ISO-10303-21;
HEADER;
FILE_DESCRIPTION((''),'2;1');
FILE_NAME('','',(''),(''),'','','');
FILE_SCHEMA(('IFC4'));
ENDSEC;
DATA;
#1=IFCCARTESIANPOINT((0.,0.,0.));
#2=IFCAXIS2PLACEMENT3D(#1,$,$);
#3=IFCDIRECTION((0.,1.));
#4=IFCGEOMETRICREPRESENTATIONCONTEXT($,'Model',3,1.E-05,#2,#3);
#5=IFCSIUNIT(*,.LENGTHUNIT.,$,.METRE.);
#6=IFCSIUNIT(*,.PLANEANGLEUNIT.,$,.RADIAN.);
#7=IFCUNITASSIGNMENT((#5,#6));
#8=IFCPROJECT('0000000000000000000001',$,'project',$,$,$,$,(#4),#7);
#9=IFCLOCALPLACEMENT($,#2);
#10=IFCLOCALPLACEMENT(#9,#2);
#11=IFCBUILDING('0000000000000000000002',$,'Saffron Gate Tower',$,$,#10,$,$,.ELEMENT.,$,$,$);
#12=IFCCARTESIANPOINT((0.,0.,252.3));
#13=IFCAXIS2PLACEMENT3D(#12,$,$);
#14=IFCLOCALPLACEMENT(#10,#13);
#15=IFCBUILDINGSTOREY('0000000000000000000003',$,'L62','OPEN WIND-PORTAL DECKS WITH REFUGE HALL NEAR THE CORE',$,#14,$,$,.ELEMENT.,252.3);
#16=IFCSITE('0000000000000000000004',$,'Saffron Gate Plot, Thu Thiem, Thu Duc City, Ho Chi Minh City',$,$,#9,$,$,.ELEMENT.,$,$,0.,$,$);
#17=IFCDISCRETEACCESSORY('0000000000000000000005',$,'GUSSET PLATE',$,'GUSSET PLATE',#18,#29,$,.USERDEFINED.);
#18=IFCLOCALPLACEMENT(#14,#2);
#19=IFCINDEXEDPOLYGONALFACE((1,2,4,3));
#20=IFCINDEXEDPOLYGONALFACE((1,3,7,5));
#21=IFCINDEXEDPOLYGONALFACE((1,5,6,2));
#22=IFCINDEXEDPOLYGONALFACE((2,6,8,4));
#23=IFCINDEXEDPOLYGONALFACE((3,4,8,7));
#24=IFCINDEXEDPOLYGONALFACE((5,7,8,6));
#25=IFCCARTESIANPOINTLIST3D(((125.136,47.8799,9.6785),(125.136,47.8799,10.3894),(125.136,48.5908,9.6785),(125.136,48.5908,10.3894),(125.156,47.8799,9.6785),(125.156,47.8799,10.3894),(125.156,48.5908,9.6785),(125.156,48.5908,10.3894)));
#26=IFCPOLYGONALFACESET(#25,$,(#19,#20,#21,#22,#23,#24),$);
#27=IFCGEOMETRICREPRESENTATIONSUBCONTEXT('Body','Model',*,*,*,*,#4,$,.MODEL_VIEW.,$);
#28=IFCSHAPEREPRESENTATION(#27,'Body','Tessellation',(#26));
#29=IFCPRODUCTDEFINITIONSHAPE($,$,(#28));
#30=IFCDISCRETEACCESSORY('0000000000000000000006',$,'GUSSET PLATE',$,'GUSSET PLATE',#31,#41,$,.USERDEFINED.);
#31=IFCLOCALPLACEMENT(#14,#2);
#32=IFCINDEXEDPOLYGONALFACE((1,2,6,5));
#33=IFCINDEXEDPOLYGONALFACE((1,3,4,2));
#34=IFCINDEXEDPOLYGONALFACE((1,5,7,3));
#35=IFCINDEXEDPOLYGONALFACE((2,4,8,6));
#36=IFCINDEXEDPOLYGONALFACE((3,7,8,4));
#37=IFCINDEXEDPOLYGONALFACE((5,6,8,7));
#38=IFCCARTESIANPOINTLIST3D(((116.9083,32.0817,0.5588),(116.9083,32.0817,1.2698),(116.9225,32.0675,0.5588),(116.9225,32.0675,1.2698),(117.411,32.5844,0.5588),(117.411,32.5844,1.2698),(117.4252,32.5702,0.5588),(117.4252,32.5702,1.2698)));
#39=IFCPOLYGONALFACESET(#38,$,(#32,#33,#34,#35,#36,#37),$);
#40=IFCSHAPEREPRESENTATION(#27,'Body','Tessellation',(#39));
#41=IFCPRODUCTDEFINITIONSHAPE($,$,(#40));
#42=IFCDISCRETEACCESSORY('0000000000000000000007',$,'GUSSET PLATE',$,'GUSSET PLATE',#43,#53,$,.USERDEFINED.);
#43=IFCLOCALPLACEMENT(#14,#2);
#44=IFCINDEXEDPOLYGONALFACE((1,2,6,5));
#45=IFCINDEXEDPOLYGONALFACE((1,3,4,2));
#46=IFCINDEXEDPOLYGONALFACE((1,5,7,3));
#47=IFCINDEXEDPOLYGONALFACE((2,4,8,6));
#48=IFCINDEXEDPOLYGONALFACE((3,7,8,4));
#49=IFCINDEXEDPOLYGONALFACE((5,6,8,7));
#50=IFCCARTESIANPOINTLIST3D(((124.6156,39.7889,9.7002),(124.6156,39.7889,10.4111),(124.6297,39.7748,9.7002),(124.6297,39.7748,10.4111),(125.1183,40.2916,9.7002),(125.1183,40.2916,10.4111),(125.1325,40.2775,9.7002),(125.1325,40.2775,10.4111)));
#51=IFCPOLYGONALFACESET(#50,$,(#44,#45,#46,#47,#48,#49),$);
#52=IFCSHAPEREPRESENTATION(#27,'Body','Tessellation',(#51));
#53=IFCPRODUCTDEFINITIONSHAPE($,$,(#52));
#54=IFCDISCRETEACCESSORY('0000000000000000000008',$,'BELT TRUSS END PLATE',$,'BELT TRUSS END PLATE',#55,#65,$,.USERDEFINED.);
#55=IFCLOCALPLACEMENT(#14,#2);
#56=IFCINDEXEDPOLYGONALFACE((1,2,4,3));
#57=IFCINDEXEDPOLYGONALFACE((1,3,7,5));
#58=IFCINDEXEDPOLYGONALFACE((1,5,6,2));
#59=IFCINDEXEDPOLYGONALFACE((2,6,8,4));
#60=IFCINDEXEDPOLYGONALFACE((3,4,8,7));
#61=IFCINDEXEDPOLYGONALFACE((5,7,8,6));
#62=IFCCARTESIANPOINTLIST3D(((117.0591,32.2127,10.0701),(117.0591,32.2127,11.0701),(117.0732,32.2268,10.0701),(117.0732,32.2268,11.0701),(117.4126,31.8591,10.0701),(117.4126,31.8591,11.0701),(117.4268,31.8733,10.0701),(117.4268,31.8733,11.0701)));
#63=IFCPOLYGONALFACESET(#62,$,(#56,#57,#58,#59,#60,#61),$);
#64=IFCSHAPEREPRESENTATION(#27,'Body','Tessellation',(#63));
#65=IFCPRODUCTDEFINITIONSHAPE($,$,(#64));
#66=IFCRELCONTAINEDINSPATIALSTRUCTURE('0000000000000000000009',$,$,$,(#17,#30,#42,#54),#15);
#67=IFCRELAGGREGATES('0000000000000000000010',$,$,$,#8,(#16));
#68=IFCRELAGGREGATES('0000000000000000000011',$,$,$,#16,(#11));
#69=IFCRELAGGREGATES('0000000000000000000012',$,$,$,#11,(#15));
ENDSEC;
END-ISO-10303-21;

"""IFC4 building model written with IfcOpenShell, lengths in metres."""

from ifc_helpers import new_model, si_unit, direction, frame, origin, origin_2d, place, context, subcontext, project, spatial, rectangle, extrude, element, save


model = new_model("IFC4")

# Units and contexts
model_context = context("Model", 3, precision=1e-05, world=origin(), true_north=direction((0.0, 1.0)))
body_context = subcontext(model_context, "Body", "Model", "MODEL_VIEW")
ifc_project = project(units=[si_unit("LENGTHUNIT", "METRE"), si_unit("PLANEANGLEUNIT", "RADIAN")], contexts=[model_context])

# Site, building, storey
site_placement = place(None, origin())
site = spatial("IfcSite", under=ifc_project, at=site_placement, Name="Saffron Gate Plot, Thu Thiem, Thu Duc City, Ho Chi Minh City", CompositionType="ELEMENT", RefElevation=0.0)
building_placement = place(site_placement, origin())
building = spatial("IfcBuilding", under=site, at=building_placement, Name="Saffron Gate Tower", CompositionType="ELEMENT")
storey_placement = place(building_placement, frame((0.0, 0.0, 252.3)))
storey = spatial("IfcBuildingStorey", under=building, at=storey_placement, Name="L62", Description="OPEN WIND-PORTAL DECKS WITH REFUGE HALL NEAR THE CORE", CompositionType="ELEMENT", Elevation=252.3)

# Discrete accessories
for number, where, z_axis, x_axis, name in (
    (1, (125.146, 48.2354, 9.6785), (0.0, 0.0, 1.0), (0.0, 1.0, 0.0), "GUSSET PLATE"),
    (2, (117.1667, 32.3259, 0.5588), (0.0, 0.0, 1.0), (0.707107, 0.707107, 0.0), "GUSSET PLATE"),
    (3, (124.874, 40.0332, 9.7002), (0.0, 0.0, 1.0), (0.707107, 0.707107, 0.0), "GUSSET PLATE"),
):
    element("IfcDiscreteAccessory", number, at=place(storey_placement, frame(where, z_axis=z_axis, x_axis=x_axis)), inside=storey, Name=name, ObjectType="GUSSET PLATE", PredefinedType="USERDEFINED", context=body_context, shape_type="SweptSolid", body=[
        extrude(rectangle(XDim=0.7109, YDim=0.02, at=origin_2d()), origin(), (0.0, 0.0, 1.0), 0.7109),
    ])
discrete_accessory_placement = place(storey_placement, frame((117.2429, 32.043, 10.0701), z_axis=(0.0, 0.0, 1.0), x_axis=(-0.707107, -0.707107, 0.0)))
element("IfcDiscreteAccessory", 4, at=discrete_accessory_placement, inside=storey, Name="BELT TRUSS END PLATE", ObjectType="BELT TRUSS END PLATE", PredefinedType="USERDEFINED", context=body_context, shape_type="SweptSolid", body=[
    extrude(rectangle(XDim=0.02, YDim=0.5, at=origin_2d()), origin(), (0.0, 0.0, 1.0), 1.0),
])

save(model, "model.ifc")
